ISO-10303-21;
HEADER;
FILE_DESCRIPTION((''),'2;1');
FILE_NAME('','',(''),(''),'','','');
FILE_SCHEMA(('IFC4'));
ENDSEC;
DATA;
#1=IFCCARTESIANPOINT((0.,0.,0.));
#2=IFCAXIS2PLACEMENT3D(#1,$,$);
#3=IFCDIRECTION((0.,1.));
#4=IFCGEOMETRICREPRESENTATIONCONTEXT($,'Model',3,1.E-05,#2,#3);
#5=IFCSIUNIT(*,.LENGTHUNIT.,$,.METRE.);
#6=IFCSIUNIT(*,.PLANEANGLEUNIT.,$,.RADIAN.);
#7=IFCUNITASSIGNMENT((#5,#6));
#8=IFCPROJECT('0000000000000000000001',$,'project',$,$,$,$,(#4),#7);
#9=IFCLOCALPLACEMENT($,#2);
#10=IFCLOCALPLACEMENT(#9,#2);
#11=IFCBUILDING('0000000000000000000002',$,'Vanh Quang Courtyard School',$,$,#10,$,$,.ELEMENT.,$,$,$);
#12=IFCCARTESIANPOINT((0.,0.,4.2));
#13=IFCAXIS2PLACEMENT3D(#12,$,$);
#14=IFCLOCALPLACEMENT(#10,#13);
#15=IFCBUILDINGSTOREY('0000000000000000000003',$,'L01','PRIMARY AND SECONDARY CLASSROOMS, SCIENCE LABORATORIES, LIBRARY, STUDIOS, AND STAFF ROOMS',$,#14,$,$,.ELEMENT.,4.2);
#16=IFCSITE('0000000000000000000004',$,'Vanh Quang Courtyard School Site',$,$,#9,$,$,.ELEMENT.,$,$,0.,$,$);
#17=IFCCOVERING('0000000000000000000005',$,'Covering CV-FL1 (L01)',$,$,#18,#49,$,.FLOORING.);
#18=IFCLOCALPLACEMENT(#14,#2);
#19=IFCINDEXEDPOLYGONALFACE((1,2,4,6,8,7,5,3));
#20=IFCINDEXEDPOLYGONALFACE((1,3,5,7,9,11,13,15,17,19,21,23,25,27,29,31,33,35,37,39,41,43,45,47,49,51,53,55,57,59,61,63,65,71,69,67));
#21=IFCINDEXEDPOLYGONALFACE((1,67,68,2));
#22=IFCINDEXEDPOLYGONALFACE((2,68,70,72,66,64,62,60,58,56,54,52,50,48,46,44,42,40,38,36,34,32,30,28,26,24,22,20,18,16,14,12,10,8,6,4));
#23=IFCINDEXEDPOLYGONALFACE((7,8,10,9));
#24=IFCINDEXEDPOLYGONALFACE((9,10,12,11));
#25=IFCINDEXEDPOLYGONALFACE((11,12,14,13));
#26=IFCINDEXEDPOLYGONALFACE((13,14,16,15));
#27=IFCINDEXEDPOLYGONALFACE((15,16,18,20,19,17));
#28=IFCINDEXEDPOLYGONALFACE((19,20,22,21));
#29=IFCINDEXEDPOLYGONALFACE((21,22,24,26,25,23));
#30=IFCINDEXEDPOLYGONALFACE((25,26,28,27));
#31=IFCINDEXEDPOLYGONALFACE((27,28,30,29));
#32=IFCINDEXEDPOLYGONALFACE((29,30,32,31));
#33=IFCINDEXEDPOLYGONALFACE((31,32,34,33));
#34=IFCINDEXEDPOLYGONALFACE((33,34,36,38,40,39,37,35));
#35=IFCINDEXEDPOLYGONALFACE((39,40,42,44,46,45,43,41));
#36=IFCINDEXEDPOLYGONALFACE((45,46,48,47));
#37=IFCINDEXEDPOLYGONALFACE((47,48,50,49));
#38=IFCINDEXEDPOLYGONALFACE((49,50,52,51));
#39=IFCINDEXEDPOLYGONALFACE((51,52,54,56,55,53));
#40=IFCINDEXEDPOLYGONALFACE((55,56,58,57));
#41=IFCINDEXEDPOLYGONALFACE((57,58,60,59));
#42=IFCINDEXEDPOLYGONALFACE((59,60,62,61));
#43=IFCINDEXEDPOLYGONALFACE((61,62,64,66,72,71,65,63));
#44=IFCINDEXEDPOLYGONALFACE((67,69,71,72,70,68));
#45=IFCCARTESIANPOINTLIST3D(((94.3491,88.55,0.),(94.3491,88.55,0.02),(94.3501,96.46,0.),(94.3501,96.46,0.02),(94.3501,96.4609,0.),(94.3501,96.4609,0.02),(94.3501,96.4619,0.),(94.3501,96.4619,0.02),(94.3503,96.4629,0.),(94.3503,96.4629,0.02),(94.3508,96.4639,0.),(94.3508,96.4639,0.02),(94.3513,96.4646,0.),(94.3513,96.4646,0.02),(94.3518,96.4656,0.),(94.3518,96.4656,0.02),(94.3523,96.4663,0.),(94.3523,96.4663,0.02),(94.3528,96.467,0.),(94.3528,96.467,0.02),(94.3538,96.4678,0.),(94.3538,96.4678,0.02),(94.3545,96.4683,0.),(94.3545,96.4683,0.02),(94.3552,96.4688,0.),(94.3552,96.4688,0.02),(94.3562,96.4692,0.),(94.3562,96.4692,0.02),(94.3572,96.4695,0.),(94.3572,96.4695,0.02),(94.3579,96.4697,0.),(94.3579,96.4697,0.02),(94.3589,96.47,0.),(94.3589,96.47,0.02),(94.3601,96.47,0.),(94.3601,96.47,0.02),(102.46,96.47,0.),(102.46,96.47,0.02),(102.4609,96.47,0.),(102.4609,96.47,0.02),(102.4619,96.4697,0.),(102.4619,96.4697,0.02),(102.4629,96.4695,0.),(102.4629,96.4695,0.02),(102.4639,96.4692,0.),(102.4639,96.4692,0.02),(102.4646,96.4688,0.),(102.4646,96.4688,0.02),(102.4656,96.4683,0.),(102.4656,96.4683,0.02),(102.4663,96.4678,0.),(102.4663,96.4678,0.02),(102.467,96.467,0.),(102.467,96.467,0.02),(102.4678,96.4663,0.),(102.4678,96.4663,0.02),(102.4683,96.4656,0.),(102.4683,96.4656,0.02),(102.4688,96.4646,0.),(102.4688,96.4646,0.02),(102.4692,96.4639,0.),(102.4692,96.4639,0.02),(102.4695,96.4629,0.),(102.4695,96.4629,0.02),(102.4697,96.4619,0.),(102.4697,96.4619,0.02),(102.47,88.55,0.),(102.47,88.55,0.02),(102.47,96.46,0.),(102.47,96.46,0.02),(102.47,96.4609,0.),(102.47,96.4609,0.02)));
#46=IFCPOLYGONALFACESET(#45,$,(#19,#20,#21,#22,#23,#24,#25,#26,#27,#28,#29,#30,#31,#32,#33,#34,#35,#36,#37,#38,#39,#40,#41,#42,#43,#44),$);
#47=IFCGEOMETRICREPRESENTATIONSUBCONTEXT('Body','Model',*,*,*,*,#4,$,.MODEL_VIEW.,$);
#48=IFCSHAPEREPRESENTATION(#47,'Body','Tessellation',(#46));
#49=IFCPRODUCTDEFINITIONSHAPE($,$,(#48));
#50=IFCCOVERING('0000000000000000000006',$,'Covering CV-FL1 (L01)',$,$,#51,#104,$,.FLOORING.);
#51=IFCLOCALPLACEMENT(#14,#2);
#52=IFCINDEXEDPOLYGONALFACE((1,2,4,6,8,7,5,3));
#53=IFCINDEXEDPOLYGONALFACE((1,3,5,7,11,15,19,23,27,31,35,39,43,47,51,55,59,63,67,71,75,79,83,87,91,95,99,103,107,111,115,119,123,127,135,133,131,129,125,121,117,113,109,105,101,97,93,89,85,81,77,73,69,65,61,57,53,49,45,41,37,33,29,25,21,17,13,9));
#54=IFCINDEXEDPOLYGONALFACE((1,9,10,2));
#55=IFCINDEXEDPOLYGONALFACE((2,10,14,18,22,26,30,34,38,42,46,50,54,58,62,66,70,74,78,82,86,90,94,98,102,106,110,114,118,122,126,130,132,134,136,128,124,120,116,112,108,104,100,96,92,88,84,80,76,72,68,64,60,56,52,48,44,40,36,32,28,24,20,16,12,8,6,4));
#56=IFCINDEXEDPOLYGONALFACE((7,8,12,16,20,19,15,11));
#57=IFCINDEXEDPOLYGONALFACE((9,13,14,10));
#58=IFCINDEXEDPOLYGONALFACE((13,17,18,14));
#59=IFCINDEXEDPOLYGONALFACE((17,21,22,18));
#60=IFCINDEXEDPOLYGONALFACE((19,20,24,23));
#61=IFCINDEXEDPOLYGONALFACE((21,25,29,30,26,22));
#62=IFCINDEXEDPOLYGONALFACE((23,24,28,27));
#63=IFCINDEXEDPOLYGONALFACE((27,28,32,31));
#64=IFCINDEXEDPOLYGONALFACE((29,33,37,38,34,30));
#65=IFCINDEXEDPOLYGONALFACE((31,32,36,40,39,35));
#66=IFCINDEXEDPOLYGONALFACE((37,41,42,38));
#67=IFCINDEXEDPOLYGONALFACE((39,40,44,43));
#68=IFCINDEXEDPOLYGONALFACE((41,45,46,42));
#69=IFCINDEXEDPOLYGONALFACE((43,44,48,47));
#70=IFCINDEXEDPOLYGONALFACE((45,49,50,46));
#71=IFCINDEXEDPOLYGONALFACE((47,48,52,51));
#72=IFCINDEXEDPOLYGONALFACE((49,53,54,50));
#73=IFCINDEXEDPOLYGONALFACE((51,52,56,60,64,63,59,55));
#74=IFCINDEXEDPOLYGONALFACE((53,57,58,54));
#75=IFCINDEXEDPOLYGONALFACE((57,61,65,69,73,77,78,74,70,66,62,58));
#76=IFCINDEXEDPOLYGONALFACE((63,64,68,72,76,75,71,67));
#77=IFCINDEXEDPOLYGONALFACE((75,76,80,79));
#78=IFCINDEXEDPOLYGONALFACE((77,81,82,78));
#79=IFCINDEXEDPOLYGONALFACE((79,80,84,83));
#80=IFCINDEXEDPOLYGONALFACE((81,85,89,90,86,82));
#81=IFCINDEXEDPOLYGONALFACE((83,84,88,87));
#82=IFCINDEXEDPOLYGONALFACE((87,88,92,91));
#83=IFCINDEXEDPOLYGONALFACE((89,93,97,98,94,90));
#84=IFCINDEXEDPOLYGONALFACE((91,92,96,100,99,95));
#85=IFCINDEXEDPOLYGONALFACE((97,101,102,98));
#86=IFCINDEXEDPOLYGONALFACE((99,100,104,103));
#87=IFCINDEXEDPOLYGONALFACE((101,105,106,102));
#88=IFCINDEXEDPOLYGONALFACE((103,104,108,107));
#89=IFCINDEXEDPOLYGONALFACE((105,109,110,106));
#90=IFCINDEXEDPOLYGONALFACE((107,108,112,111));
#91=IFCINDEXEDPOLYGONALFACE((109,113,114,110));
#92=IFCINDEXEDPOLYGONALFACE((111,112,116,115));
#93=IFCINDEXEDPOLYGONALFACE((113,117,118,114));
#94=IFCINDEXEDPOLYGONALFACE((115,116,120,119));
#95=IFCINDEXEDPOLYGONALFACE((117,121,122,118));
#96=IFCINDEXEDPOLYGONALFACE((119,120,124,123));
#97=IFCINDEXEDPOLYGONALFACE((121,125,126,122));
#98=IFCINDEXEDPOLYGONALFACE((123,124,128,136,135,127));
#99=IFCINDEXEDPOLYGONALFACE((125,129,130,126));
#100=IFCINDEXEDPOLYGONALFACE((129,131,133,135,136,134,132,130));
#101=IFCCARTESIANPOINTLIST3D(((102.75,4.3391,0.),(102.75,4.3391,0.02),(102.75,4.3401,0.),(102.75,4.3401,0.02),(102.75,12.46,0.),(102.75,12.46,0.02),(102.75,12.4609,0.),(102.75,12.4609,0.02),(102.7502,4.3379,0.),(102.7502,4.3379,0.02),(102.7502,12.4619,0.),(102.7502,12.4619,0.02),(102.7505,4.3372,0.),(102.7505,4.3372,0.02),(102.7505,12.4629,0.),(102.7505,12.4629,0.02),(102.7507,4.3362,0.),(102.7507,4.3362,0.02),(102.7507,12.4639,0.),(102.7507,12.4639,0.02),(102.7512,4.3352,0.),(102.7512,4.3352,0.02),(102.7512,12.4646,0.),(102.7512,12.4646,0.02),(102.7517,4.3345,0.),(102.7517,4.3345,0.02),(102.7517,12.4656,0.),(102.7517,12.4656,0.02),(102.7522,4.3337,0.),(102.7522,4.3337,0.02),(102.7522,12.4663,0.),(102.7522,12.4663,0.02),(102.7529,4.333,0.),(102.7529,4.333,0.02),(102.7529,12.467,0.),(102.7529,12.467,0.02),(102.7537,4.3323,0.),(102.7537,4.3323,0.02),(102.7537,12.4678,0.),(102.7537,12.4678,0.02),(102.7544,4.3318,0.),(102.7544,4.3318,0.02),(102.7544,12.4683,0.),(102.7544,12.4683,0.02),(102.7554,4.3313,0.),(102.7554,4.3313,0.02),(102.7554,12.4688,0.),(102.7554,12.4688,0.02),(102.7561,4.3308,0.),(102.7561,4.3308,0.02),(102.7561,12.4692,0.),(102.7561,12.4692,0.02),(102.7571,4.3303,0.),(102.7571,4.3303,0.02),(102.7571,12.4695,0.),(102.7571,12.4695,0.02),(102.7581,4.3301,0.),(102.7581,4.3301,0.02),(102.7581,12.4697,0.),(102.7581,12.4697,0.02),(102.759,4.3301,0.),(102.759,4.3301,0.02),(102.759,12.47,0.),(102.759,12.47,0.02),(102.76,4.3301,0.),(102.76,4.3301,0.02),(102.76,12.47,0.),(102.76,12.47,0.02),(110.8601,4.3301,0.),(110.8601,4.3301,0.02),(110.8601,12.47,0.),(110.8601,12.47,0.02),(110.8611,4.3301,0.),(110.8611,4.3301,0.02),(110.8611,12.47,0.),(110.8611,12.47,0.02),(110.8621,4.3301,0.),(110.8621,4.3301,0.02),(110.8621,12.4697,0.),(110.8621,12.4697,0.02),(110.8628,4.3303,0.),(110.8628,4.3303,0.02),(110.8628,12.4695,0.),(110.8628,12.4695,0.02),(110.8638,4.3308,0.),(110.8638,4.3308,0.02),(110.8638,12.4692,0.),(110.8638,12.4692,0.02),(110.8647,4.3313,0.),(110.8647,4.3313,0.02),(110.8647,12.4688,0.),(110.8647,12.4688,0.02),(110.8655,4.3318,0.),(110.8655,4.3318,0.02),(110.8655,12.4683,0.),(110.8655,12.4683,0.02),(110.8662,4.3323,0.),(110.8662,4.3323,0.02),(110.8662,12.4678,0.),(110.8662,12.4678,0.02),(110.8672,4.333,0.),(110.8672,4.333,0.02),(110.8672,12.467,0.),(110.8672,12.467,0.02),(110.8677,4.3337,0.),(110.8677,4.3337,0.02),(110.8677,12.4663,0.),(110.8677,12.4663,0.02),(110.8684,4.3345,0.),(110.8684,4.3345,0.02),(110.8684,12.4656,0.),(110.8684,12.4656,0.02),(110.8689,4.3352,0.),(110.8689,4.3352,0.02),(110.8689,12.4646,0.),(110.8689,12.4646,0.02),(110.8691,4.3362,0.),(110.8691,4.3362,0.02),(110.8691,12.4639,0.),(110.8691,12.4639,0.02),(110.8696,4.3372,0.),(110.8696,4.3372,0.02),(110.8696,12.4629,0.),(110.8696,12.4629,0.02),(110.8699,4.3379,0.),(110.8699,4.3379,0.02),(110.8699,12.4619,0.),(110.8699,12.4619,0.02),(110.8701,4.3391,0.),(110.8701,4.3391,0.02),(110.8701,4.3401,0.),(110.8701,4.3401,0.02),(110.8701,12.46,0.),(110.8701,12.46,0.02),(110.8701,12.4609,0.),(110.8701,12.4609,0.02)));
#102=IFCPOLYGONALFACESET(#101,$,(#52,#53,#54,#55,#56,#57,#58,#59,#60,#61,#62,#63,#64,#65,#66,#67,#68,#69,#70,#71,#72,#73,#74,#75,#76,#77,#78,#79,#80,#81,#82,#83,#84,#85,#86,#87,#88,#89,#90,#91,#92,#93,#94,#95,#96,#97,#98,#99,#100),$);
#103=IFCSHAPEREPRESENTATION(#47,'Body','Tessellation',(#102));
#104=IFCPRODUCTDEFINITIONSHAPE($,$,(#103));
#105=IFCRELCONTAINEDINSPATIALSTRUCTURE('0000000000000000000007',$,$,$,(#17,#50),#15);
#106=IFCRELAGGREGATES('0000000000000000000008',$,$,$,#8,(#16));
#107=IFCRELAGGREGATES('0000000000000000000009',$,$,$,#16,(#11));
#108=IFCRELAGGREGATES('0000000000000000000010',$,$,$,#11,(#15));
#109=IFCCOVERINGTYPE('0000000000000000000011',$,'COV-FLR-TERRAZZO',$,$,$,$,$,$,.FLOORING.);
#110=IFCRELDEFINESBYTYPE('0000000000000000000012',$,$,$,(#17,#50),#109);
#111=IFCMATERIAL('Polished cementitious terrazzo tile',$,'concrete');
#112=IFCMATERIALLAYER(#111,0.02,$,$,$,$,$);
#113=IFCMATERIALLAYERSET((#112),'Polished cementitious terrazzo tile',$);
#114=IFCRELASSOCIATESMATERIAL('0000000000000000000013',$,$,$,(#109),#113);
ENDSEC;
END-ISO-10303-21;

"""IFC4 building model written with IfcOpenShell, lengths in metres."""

from ifc_helpers import new_model, si_unit, direction, frame, origin, place, context, subcontext, project, spatial, polyline, outline, extrude, material, layer, layer_set, type_object, element, save


model = new_model("IFC4")

# Units and contexts
model_context = context("Model", 3, precision=1e-05, world=origin(), true_north=direction((0.0, 1.0)))
body_context = subcontext(model_context, "Body", "Model", "MODEL_VIEW")
ifc_project = project(units=[si_unit("LENGTHUNIT", "METRE"), si_unit("PLANEANGLEUNIT", "RADIAN")], contexts=[model_context])

# Site, building, storey
site_placement = place(None, origin())
site = spatial("IfcSite", under=ifc_project, at=site_placement, Name="Vanh Quang Courtyard School Site", CompositionType="ELEMENT", RefElevation=0.0)
building_placement = place(site_placement, origin())
building = spatial("IfcBuilding", under=site, at=building_placement, Name="Vanh Quang Courtyard School", CompositionType="ELEMENT")
storey_placement = place(building_placement, frame((0.0, 0.0, 4.2)))
storey = spatial("IfcBuildingStorey", under=building, at=storey_placement, Name="L01", Description="PRIMARY AND SECONDARY CLASSROOMS, SCIENCE LABORATORIES, LIBRARY, STUDIOS, AND STAFF ROOMS", CompositionType="ELEMENT", Elevation=4.2)

# Coverings
ifc_material_1 = material(Name="Polished cementitious terrazzo tile", Category="concrete")
ifc_layer_1 = layer(ifc_material_1, 0.02)
ifc_layer_set_1 = layer_set([ifc_layer_1], Name="Polished cementitious terrazzo tile")
covering_type_1 = type_object("IfcCoveringType", Name="COV-FLR-TERRAZZO", PredefinedType="FLOORING", material=ifc_layer_set_1)
covering_1_placement = place(storey_placement, origin())
element("IfcCovering", 1, at=covering_1_placement, inside=storey, type_object=covering_type_1, Name="Covering CV-FL1 (L01)", PredefinedType="FLOORING", context=body_context, shape_type="SweptSolid", body=[
    extrude(outline(polyline([(94.3501, 96.46), (94.3501, 96.4609), (94.3501, 96.4619), (94.3503, 96.4629), (94.3508, 96.4639), (94.3513, 96.4646), (94.3518, 96.4656), (94.3523, 96.4663), (94.3528, 96.467), (94.3538, 96.4678), (94.3545, 96.4683), (94.3552, 96.4688), (94.3562, 96.4692), (94.3572, 96.4695), (94.3579, 96.4697), (94.3589, 96.47), (94.3601, 96.47), (102.46, 96.47), (102.4609, 96.47), (102.4619, 96.4697), (102.4629, 96.4695), (102.4639, 96.4692), (102.4646, 96.4688), (102.4656, 96.4683), (102.4663, 96.4678), (102.467, 96.467), (102.4678, 96.4663), (102.4683, 96.4656), (102.4688, 96.4646), (102.4692, 96.4639), (102.4695, 96.4629), (102.4697, 96.4619), (102.47, 96.4609), (102.47, 96.46), (102.47, 88.55), (94.3491, 88.55), (94.3501, 96.46)])), origin(), (0.0, 0.0, 1.0), 0.02),
])
covering_2_placement = place(storey_placement, origin())
element("IfcCovering", 2, at=covering_2_placement, inside=storey, type_object=covering_type_1, Name="Covering CV-FL1 (L01)", PredefinedType="FLOORING", context=body_context, shape_type="SweptSolid", body=[
    extrude(outline(polyline([(102.76, 4.3301), (102.759, 4.3301), (102.7581, 4.3301), (102.7571, 4.3303), (102.7561, 4.3308), (102.7554, 4.3313), (102.7544, 4.3318), (102.7537, 4.3323), (102.7529, 4.333), (102.7522, 4.3337), (102.7517, 4.3345), (102.7512, 4.3352), (102.7507, 4.3362), (102.7505, 4.3372), (102.7502, 4.3379), (102.75, 4.3391), (102.75, 4.3401), (102.75, 12.46), (102.75, 12.4609), (102.7502, 12.4619), (102.7505, 12.4629), (102.7507, 12.4639), (102.7512, 12.4646), (102.7517, 12.4656), (102.7522, 12.4663), (102.7529, 12.467), (102.7537, 12.4678), (102.7544, 12.4683), (102.7554, 12.4688), (102.7561, 12.4692), (102.7571, 12.4695), (102.7581, 12.4697), (102.759, 12.47), (102.76, 12.47), (110.8601, 12.47), (110.8611, 12.47), (110.8621, 12.4697), (110.8628, 12.4695), (110.8638, 12.4692), (110.8647, 12.4688), (110.8655, 12.4683), (110.8662, 12.4678), (110.8672, 12.467), (110.8677, 12.4663), (110.8684, 12.4656), (110.8689, 12.4646), (110.8691, 12.4639), (110.8696, 12.4629), (110.8699, 12.4619), (110.8701, 12.4609), (110.8701, 12.46), (110.8701, 4.3401), (110.8701, 4.3391), (110.8699, 4.3379), (110.8696, 4.3372), (110.8691, 4.3362), (110.8689, 4.3352), (110.8684, 4.3345), (110.8677, 4.3337), (110.8672, 4.333), (110.8662, 4.3323), (110.8655, 4.3318), (110.8647, 4.3313), (110.8638, 4.3308), (110.8628, 4.3303), (110.8621, 4.3301), (110.8611, 4.3301), (110.8601, 4.3301), (102.76, 4.3301)])), origin(), (0.0, 0.0, 1.0), 0.02),
])

save(model, "model.ifc")
